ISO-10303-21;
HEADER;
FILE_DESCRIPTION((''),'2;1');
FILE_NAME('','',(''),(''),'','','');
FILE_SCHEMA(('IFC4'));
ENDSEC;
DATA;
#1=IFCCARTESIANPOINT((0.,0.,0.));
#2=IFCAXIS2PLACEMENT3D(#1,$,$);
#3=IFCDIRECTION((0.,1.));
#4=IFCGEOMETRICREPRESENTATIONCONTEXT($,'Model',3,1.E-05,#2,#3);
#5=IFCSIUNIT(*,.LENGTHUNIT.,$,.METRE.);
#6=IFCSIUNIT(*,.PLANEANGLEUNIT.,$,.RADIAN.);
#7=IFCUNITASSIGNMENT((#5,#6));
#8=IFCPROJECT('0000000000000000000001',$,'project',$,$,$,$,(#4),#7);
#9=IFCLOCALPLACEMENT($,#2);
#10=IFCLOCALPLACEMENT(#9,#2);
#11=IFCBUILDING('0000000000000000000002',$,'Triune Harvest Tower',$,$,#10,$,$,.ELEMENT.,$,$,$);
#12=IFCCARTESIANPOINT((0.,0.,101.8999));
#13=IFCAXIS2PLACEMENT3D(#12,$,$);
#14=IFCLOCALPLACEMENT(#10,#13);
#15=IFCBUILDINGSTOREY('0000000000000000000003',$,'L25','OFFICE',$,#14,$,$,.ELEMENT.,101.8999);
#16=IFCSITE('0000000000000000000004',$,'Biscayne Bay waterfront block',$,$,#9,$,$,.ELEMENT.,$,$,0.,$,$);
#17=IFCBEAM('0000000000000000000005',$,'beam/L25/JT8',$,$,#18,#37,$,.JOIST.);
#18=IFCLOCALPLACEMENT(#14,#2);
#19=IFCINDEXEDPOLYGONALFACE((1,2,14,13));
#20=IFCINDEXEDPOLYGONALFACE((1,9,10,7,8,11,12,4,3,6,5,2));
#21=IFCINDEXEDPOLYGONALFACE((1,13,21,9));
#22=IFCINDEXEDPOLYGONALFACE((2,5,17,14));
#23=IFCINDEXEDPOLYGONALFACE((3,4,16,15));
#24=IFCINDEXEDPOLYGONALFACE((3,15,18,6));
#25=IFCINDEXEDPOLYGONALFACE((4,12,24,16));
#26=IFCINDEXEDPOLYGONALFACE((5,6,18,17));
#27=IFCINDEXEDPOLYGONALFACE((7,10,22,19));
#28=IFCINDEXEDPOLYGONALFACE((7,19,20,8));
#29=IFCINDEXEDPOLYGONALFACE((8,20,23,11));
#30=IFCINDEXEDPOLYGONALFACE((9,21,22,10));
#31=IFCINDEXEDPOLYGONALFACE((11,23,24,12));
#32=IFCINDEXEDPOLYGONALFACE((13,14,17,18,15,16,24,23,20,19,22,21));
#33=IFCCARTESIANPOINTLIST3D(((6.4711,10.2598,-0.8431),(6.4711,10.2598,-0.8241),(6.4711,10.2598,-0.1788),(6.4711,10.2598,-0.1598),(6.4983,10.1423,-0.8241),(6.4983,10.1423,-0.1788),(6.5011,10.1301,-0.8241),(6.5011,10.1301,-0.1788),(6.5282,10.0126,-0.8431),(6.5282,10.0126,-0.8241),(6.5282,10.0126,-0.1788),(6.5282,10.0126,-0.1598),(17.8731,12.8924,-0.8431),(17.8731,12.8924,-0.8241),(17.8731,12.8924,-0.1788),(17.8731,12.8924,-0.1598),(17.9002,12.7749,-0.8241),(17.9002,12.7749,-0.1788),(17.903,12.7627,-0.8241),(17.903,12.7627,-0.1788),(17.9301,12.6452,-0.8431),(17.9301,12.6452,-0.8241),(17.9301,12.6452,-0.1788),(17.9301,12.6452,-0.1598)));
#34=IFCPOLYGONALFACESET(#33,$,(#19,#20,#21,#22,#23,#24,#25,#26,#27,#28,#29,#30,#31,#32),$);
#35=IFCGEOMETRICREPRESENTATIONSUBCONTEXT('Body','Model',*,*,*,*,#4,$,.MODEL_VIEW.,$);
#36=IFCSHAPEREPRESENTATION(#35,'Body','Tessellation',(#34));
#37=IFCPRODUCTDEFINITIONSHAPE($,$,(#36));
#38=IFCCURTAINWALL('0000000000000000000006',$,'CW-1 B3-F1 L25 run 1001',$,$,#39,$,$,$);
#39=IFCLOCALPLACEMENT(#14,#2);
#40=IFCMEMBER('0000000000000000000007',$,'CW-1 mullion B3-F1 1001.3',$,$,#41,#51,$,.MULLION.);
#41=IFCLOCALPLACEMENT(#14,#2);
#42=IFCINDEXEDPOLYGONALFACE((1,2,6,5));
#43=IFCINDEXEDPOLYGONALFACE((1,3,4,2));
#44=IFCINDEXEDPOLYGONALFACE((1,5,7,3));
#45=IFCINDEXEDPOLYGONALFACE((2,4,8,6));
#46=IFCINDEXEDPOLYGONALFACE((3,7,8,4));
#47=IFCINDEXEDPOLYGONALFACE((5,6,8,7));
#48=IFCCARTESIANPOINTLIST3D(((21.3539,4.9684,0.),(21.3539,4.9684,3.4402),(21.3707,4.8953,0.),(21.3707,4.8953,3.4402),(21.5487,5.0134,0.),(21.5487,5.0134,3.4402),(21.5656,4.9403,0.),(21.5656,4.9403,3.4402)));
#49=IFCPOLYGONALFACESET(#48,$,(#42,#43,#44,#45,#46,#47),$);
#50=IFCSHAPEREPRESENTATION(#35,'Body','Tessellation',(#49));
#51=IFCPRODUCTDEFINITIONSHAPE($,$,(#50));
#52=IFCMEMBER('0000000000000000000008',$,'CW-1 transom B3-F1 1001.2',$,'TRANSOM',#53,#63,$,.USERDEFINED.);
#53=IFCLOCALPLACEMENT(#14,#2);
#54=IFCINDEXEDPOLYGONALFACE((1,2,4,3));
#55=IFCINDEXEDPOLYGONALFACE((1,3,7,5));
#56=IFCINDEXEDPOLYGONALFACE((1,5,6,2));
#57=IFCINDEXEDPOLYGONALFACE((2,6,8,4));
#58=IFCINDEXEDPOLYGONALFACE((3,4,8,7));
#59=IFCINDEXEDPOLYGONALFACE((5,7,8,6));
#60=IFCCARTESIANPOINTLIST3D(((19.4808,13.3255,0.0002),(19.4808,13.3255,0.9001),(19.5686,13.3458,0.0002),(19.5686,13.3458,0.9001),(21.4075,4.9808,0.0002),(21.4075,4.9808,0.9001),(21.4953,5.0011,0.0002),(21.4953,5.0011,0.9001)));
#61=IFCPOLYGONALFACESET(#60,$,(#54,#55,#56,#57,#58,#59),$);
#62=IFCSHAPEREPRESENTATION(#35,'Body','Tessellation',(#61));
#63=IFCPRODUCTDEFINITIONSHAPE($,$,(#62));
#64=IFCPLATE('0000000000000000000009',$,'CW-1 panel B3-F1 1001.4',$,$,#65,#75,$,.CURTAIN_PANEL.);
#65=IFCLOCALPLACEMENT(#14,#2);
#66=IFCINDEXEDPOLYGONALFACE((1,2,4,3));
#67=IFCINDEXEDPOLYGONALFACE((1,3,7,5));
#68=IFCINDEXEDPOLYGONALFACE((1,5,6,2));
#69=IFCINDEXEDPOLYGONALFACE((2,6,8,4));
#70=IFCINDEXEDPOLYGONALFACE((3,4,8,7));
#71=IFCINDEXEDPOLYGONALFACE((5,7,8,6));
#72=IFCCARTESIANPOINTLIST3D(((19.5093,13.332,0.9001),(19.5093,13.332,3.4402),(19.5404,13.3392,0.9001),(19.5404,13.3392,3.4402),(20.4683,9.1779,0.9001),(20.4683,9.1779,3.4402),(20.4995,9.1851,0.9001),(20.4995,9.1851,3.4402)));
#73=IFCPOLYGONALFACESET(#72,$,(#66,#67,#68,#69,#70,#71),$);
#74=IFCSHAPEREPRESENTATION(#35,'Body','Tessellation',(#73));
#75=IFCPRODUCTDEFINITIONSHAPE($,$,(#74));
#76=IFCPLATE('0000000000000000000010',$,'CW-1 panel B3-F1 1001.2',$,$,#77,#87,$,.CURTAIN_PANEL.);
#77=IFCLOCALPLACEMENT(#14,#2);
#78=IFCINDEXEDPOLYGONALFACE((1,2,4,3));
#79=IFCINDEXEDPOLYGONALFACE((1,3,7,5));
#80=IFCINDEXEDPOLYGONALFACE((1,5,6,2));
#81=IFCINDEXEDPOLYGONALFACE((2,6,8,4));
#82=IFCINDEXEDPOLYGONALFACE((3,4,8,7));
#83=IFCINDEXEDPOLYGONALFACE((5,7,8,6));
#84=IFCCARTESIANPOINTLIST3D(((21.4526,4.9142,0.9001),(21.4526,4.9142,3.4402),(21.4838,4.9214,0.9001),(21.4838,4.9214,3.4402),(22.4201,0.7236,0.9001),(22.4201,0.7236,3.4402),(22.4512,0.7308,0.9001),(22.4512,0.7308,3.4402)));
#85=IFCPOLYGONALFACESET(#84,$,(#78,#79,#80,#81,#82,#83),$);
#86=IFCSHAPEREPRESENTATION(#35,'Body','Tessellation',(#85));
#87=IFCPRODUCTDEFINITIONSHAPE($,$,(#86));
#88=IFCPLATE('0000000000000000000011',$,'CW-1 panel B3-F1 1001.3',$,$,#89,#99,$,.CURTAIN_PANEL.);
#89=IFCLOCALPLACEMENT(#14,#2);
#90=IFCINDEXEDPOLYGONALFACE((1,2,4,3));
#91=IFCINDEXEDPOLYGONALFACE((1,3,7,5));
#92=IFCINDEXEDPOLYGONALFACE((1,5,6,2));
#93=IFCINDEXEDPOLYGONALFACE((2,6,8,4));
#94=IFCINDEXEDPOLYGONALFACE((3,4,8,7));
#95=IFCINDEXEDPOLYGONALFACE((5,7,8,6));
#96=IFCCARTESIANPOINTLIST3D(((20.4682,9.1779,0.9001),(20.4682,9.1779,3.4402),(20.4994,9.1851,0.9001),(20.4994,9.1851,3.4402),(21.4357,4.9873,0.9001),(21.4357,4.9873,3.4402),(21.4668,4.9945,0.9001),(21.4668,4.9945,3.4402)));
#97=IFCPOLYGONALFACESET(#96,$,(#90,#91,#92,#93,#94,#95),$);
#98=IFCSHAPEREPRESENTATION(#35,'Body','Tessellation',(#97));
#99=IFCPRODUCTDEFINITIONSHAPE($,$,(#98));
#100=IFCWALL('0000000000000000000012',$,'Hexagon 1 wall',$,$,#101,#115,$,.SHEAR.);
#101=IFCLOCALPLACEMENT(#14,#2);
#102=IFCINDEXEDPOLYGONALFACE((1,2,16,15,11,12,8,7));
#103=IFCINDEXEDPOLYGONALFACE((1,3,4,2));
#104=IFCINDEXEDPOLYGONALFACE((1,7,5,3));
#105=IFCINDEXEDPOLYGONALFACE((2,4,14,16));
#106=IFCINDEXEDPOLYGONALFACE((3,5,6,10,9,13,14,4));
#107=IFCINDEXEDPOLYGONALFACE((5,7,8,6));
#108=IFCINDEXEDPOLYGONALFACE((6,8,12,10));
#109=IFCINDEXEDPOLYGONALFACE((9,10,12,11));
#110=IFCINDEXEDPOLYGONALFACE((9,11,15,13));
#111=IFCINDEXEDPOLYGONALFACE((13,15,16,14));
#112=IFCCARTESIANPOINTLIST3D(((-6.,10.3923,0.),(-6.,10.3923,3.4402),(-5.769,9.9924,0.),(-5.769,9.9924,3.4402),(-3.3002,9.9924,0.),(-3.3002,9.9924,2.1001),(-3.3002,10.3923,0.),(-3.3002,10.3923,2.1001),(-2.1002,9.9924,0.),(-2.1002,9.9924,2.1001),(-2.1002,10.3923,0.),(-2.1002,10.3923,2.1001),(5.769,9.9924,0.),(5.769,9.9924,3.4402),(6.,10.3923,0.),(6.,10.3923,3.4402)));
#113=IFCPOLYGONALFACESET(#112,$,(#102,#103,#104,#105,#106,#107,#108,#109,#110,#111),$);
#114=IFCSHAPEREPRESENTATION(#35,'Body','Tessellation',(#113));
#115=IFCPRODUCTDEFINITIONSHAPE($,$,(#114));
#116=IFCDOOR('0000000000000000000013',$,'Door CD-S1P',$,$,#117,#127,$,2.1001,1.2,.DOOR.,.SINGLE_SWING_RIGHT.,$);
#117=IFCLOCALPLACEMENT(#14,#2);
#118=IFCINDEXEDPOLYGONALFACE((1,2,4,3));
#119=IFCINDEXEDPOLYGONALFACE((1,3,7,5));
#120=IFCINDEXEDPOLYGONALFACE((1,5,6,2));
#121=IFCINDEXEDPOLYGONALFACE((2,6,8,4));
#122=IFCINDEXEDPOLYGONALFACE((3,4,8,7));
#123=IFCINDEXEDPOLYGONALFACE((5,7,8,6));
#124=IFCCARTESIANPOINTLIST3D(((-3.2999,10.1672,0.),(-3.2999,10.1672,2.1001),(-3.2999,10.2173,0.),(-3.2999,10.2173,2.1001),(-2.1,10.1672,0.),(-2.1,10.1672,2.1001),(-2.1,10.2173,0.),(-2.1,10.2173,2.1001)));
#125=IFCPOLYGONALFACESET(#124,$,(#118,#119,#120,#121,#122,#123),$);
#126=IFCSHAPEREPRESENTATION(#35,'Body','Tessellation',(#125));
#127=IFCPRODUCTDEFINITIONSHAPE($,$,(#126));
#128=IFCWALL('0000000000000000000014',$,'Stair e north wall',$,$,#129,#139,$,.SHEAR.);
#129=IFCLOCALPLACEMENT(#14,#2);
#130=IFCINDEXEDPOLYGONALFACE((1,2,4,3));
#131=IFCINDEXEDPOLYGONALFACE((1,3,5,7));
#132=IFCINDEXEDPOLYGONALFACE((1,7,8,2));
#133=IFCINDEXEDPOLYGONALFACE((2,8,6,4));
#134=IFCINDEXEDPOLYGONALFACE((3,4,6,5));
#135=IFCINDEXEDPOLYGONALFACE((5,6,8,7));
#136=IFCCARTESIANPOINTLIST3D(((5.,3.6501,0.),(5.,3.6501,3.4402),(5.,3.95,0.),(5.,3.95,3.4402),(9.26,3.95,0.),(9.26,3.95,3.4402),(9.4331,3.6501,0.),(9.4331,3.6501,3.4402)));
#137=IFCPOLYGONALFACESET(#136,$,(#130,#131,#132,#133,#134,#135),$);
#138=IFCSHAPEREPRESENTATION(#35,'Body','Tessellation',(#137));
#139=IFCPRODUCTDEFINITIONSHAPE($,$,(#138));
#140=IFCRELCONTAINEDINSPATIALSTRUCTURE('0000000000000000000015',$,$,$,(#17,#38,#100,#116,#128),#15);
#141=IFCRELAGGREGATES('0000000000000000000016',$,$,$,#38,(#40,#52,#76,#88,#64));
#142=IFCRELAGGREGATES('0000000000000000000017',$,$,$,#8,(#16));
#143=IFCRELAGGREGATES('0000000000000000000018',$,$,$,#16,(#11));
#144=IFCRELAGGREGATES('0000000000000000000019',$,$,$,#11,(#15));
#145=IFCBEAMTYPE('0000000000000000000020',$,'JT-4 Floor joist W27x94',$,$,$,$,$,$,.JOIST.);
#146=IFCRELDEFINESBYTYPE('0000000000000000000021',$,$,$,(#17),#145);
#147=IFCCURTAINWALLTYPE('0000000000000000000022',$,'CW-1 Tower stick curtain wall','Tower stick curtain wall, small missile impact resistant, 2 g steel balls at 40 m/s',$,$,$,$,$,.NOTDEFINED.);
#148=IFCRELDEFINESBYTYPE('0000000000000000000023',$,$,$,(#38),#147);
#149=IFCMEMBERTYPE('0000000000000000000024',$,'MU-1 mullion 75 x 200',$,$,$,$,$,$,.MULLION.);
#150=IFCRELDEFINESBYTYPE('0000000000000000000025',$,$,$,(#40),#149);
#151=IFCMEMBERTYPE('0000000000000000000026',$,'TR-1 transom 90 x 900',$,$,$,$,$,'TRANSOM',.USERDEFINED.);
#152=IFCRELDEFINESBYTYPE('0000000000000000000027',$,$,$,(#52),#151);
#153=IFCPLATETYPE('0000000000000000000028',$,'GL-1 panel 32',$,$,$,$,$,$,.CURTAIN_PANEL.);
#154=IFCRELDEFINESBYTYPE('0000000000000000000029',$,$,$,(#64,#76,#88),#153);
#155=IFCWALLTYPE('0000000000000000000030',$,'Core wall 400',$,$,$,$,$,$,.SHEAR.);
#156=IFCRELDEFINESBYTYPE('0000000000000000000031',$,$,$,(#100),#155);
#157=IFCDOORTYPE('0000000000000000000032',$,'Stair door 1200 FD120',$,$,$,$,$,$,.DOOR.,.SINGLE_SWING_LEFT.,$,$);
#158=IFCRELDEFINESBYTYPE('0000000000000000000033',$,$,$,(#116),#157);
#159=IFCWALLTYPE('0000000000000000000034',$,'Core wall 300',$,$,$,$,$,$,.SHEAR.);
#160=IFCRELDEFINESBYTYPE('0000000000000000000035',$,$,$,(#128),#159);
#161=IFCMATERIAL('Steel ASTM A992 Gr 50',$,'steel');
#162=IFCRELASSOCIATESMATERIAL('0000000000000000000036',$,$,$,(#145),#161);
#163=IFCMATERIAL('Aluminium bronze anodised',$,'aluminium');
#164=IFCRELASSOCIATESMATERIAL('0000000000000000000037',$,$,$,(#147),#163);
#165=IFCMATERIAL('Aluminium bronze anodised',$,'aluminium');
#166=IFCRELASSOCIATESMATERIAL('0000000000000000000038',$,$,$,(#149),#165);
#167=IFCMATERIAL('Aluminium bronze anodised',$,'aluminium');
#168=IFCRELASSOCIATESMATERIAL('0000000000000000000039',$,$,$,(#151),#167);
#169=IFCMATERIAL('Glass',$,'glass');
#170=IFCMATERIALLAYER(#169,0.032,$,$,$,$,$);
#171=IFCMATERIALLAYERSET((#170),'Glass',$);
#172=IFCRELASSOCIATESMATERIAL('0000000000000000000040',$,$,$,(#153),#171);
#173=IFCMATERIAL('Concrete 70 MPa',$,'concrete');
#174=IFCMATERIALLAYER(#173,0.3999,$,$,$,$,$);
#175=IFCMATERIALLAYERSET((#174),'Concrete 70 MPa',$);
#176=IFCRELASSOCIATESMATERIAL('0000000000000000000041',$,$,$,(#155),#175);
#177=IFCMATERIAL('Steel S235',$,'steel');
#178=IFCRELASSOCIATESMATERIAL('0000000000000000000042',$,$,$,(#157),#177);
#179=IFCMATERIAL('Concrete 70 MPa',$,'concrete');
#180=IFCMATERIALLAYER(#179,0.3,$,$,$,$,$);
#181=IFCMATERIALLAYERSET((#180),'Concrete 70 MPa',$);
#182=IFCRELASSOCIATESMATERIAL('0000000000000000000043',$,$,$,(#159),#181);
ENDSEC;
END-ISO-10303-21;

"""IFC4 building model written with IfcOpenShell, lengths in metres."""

from ifc_helpers import new_model, si_unit, direction, frame, frame_2d, origin, origin_2d, place, context, subcontext, project, spatial, polyline, rectangle, i_section, outline, extrude, source, transform, mapped, material, layer, layer_set, material_profile, profile_set, type_object, element, fill, aggregate, save


model = new_model("IFC4")

# Units and contexts
model_context = context("Model", 3, precision=1e-05, world=origin(), true_north=direction((0.0, 1.0)))
body_context = subcontext(model_context, "Body", "Model", "MODEL_VIEW")
ifc_project = project(units=[si_unit("LENGTHUNIT", "METRE"), si_unit("PLANEANGLEUNIT", "RADIAN")], contexts=[model_context])

# Site, building, storey
site_placement = place(None, origin())
site = spatial("IfcSite", under=ifc_project, at=site_placement, Name="Biscayne Bay waterfront block", CompositionType="ELEMENT", RefElevation=0.0)
building_placement = place(site_placement, origin())
building = spatial("IfcBuilding", under=site, at=building_placement, Name="Triune Harvest Tower", CompositionType="ELEMENT")
storey_placement = place(building_placement, frame((0.0, 0.0, 101.8999)))
storey = spatial("IfcBuildingStorey", under=building, at=storey_placement, Name="L25", Description="OFFICE", CompositionType="ELEMENT", Elevation=101.8999)

# Beam
ifc_material_1 = material(Name="Steel ASTM A992 Gr 50", Category="steel")
ifc_material_profile_1 = material_profile(ifc_material_1, i_section(OverallWidth=0.2537, OverallDepth=0.6833, WebThickness=0.0125, FlangeThickness=0.019, at=origin_2d()), Name="W27x94")
ifc_profile_set_1 = profile_set([ifc_material_profile_1], Name="Steel ASTM A992 Gr 50")
beam_type_1 = type_object("IfcBeamType", Name="JT-4 Floor joist W27x94", PredefinedType="JOIST", material=ifc_profile_set_1)
shared_shape_1 = source(origin(), body_context, "Body", "SweptSolid", [
    extrude(i_section(OverallWidth=0.2537, OverallDepth=0.6833, WebThickness=0.0125, FlangeThickness=0.019, at=origin_2d()), origin(), (0.0, 0.0, 1.0), 11.7019),
])
beam_1_placement = place(storey_placement, frame((17.9016, 12.7688, -0.5015), z_axis=(-0.974366, -0.224971, 0.0), x_axis=(0.224971, -0.974366, 0.0)))
element("IfcBeam", 1, at=beam_1_placement, inside=storey, type_object=beam_type_1, Name="beam/L25/JT8", PredefinedType="JOIST", context=body_context, shape_type="MappedRepresentation", body=[
    mapped(shared_shape_1, transform((0.0, 0.0, 0.0), scale=1.0)),
])

# Curtain wall, members, plates
ifc_material_2 = material(Name="Aluminium bronze anodised", Category="aluminium")
curtain_wall_type = type_object("IfcCurtainWallType", Name="CW-1 Tower stick curtain wall", Description="Tower stick curtain wall, small missile impact resistant, 2 g steel balls at 40 m/s", PredefinedType="NOTDEFINED", material=ifc_material_2)
curtain_wall_placement = place(storey_placement, origin())
curtain_wall = element("IfcCurtainWall", 2, at=curtain_wall_placement, inside=storey, type_object=curtain_wall_type, Name="CW-1 B3-F1 L25 run 1001")
ifc_material_3 = material(Name="Aluminium bronze anodised", Category="aluminium")
ifc_material_profile_2 = material_profile(ifc_material_3, rectangle(XDim=0.2, YDim=0.075, at=origin_2d()), Name="MU-1 mullion 75 x 200")
ifc_profile_set_2 = profile_set([ifc_material_profile_2], Name="Aluminium bronze anodised")
member_type_1 = type_object("IfcMemberType", Name="MU-1 mullion 75 x 200", PredefinedType="MULLION", material=ifc_profile_set_2)
shared_shape_2 = source(origin(), body_context, "Body", "SweptSolid", [
    extrude(rectangle(XDim=0.2, YDim=0.075, at=origin_2d()), origin(), (0.0, 0.0, 1.0), 3.4402),
])
member_1_placement = place(storey_placement, frame((21.4597, 4.9543, 0.0), z_axis=(0.0, 0.0, 1.0), x_axis=(-0.97437, -0.224952, 0.0)))
member_1 = element("IfcMember", 3, at=member_1_placement, type_object=member_type_1, Name="CW-1 mullion B3-F1 1001.3", PredefinedType="MULLION", context=body_context, shape_type="MappedRepresentation", body=[
    mapped(shared_shape_2, transform((0.0, 0.0, 0.0), scale=1.0)),
])
ifc_material_4 = material(Name="Aluminium bronze anodised", Category="aluminium")
ifc_material_profile_3 = material_profile(ifc_material_4, rectangle(XDim=0.0901, YDim=0.8999, at=origin_2d()), Name="TR-1 transom 90 x 900")
ifc_profile_set_3 = profile_set([ifc_material_profile_3], Name="Aluminium bronze anodised")
member_type_2 = type_object("IfcMemberType", Name="TR-1 transom 90 x 900", ElementType="TRANSOM", PredefinedType="USERDEFINED", material=ifc_profile_set_3)
shared_shape_3 = source(origin(), body_context, "Body", "SweptSolid", [
    extrude(rectangle(XDim=0.0901, YDim=0.8999, at=origin_2d()), origin(), (0.0, 0.0, 1.0), 8.5642),
])
member_2_placement = place(storey_placement, frame((21.4514, 4.991, 0.4502), z_axis=(-0.224976, 0.974364, 0.0), x_axis=(-0.974364, -0.224976, 0.0)))
member_2 = element("IfcMember", 4, at=member_2_placement, type_object=member_type_2, Name="CW-1 transom B3-F1 1001.2", ObjectType="TRANSOM", PredefinedType="USERDEFINED", context=body_context, shape_type="MappedRepresentation", body=[
    mapped(shared_shape_3, transform((0.0, 0.0, 0.0), scale=1.0)),
])
ifc_material_5 = material(Name="Glass", Category="glass")
ifc_layer_1 = layer(ifc_material_5, 0.032)
ifc_layer_set_1 = layer_set([ifc_layer_1], Name="Glass")
plate_type = type_object("IfcPlateType", Name="GL-1 panel 32", PredefinedType="CURTAIN_PANEL", material=ifc_layer_set_1)
shared_shape_4 = source(origin(), body_context, "Body", "SweptSolid", [
    extrude(rectangle(XDim=4.2634, YDim=0.032, at=origin_2d()), origin(), (0.0, 0.0, 1.0), 2.54),
])
plate_1_placement = place(storey_placement, frame((20.0044, 11.2585, 0.9001), z_axis=(0.0, 0.0, 1.0), x_axis=(-0.224952, 0.97437, 0.0)))
plate_1 = element("IfcPlate", 5, at=plate_1_placement, type_object=plate_type, Name="CW-1 panel B3-F1 1001.4", PredefinedType="CURTAIN_PANEL", context=body_context, shape_type="MappedRepresentation", body=[
    mapped(shared_shape_4, transform((0.0, 0.0, 0.0), scale=1.0)),
])
shared_shape_5 = source(origin(), body_context, "Body", "SweptSolid", [
    extrude(rectangle(XDim=4.3008, YDim=0.032, at=origin_2d()), origin(), (0.0, 0.0, 1.0), 2.54),
])
plate_2_placement = place(storey_placement, frame((21.9519, 2.8225, 0.9001), z_axis=(0.0, 0.0, 1.0), x_axis=(-0.224952, 0.97437, 0.0)))
plate_2 = element("IfcPlate", 6, at=plate_2_placement, type_object=plate_type, Name="CW-1 panel B3-F1 1001.2", PredefinedType="CURTAIN_PANEL", context=body_context, shape_type="MappedRepresentation", body=[
    mapped(shared_shape_5, transform((0.0, 0.0, 0.0), scale=1.0)),
])
plate_3_placement = place(storey_placement, frame((20.9675, 7.0862, 0.9001), z_axis=(0.0, 0.0, 1.0), x_axis=(-0.224952, 0.97437, 0.0)))
plate_3 = element("IfcPlate", 7, at=plate_3_placement, type_object=plate_type, Name="CW-1 panel B3-F1 1001.3", PredefinedType="CURTAIN_PANEL", context=body_context, shape_type="MappedRepresentation", body=[
    mapped(shared_shape_5, transform((0.0, 0.0, 0.0), scale=1.0)),
])
aggregate(curtain_wall, [member_1, member_2, plate_2, plate_3, plate_1])

# Wall, opening, door
ifc_material_6 = material(Name="Concrete 70 MPa", Category="concrete")
ifc_layer_2 = layer(ifc_material_6, 0.3999)
ifc_layer_set_2 = layer_set([ifc_layer_2], Name="Concrete 70 MPa")
wall_type_1 = type_object("IfcWallType", Name="Core wall 400", PredefinedType="SHEAR", material=ifc_layer_set_2)
shared_shape_6 = source(origin(), body_context, "Body", "SweptSolid", [
    extrude(outline(polyline([(-0.1155, -0.2), (11.8845, -0.2), (11.6536, 0.2), (0.1155, 0.2), (-0.1155, -0.2)])), origin(), (0.0, 0.0, 1.0), 3.4402),
])
wall_1_placement = place(storey_placement, frame((5.8845, 10.1924, 0.0), z_axis=(0.0, 0.0, 1.0), x_axis=(-1.0, 0.0, 0.0)))
wall_1 = element("IfcWall", 8, at=wall_1_placement, inside=storey, type_object=wall_type_1, Name="Hexagon 1 wall", PredefinedType="SHEAR", context=body_context, shape_type="MappedRepresentation", body=[
    mapped(shared_shape_6, transform((0.0, 0.0, 0.0), scale=1.0)),
])
opening_1_placement = place(wall_1_placement, frame((7.9846, 0.0, 0.0)))
opening_1 = element("IfcOpeningElement", 9, at=opening_1_placement, cuts=wall_1, PredefinedType="OPENING", context=body_context, shape_type="SweptSolid", body=[
    extrude(rectangle(XDim=1.2, YDim=2.1001, at=frame_2d((0.6001, 1.05))), frame((0.0, 0.21, 0.0), z_axis=(0.0, -1.0, 0.0), x_axis=(1.0, 0.0, 0.0)), (0.0, 0.0, 1.0), 0.4199),
])
ifc_material_7 = material(Name="Steel S235", Category="steel")
door_type_1 = type_object("IfcDoorType", Name="Stair door 1200 FD120", OperationType="SINGLE_SWING_LEFT", PredefinedType="DOOR", material=ifc_material_7)
door_1_placement = place(opening_1_placement, frame((1.2, 0.0, 0.0), z_axis=(0.0, 0.0, 1.0), x_axis=(-1.0, 0.0, 0.0)))
door_1 = element("IfcDoor", 10, at=door_1_placement, inside=storey, type_object=door_type_1, Name="Door CD-S1P", OperationType="SINGLE_SWING_RIGHT", OverallHeight=2.1001, OverallWidth=1.2, PredefinedType="DOOR", context=body_context, shape_type="SweptSolid", body=[
    extrude(rectangle(XDim=1.2, YDim=2.1001, at=frame_2d((0.6001, 1.05))), frame((0.0, 0.0249, 0.0), z_axis=(0.0, -1.0, 0.0), x_axis=(1.0, 0.0, 0.0)), (0.0, 0.0, 1.0), 0.05),
])
fill(opening_1, door_1)

# Wall
ifc_material_8 = material(Name="Concrete 70 MPa", Category="concrete")
ifc_layer_3 = layer(ifc_material_8, 0.3)
ifc_layer_set_3 = layer_set([ifc_layer_3], Name="Concrete 70 MPa")
wall_type_2 = type_object("IfcWallType", Name="Core wall 300", PredefinedType="SHEAR", material=ifc_layer_set_3)
shared_shape_7 = source(origin(), body_context, "Body", "SweptSolid", [
    extrude(outline(polyline([(0.0, -0.1499), (0.0, 0.1499), (4.26, 0.1499), (4.4331, -0.1499), (0.0, -0.1499)])), origin(), (0.0, 0.0, 1.0), 3.4402),
])
wall_2_placement = place(storey_placement, frame((5.0, 3.8, 0.0), z_axis=(0.0, 0.0, 1.0), x_axis=(1.0, 0.0, 0.0)))
element("IfcWall", 11, at=wall_2_placement, inside=storey, type_object=wall_type_2, Name="Stair e north wall", PredefinedType="SHEAR", context=body_context, shape_type="MappedRepresentation", body=[
    mapped(shared_shape_7, transform((0.0, 0.0, 0.0), scale=1.0)),
])

save(model, "model.ifc")
